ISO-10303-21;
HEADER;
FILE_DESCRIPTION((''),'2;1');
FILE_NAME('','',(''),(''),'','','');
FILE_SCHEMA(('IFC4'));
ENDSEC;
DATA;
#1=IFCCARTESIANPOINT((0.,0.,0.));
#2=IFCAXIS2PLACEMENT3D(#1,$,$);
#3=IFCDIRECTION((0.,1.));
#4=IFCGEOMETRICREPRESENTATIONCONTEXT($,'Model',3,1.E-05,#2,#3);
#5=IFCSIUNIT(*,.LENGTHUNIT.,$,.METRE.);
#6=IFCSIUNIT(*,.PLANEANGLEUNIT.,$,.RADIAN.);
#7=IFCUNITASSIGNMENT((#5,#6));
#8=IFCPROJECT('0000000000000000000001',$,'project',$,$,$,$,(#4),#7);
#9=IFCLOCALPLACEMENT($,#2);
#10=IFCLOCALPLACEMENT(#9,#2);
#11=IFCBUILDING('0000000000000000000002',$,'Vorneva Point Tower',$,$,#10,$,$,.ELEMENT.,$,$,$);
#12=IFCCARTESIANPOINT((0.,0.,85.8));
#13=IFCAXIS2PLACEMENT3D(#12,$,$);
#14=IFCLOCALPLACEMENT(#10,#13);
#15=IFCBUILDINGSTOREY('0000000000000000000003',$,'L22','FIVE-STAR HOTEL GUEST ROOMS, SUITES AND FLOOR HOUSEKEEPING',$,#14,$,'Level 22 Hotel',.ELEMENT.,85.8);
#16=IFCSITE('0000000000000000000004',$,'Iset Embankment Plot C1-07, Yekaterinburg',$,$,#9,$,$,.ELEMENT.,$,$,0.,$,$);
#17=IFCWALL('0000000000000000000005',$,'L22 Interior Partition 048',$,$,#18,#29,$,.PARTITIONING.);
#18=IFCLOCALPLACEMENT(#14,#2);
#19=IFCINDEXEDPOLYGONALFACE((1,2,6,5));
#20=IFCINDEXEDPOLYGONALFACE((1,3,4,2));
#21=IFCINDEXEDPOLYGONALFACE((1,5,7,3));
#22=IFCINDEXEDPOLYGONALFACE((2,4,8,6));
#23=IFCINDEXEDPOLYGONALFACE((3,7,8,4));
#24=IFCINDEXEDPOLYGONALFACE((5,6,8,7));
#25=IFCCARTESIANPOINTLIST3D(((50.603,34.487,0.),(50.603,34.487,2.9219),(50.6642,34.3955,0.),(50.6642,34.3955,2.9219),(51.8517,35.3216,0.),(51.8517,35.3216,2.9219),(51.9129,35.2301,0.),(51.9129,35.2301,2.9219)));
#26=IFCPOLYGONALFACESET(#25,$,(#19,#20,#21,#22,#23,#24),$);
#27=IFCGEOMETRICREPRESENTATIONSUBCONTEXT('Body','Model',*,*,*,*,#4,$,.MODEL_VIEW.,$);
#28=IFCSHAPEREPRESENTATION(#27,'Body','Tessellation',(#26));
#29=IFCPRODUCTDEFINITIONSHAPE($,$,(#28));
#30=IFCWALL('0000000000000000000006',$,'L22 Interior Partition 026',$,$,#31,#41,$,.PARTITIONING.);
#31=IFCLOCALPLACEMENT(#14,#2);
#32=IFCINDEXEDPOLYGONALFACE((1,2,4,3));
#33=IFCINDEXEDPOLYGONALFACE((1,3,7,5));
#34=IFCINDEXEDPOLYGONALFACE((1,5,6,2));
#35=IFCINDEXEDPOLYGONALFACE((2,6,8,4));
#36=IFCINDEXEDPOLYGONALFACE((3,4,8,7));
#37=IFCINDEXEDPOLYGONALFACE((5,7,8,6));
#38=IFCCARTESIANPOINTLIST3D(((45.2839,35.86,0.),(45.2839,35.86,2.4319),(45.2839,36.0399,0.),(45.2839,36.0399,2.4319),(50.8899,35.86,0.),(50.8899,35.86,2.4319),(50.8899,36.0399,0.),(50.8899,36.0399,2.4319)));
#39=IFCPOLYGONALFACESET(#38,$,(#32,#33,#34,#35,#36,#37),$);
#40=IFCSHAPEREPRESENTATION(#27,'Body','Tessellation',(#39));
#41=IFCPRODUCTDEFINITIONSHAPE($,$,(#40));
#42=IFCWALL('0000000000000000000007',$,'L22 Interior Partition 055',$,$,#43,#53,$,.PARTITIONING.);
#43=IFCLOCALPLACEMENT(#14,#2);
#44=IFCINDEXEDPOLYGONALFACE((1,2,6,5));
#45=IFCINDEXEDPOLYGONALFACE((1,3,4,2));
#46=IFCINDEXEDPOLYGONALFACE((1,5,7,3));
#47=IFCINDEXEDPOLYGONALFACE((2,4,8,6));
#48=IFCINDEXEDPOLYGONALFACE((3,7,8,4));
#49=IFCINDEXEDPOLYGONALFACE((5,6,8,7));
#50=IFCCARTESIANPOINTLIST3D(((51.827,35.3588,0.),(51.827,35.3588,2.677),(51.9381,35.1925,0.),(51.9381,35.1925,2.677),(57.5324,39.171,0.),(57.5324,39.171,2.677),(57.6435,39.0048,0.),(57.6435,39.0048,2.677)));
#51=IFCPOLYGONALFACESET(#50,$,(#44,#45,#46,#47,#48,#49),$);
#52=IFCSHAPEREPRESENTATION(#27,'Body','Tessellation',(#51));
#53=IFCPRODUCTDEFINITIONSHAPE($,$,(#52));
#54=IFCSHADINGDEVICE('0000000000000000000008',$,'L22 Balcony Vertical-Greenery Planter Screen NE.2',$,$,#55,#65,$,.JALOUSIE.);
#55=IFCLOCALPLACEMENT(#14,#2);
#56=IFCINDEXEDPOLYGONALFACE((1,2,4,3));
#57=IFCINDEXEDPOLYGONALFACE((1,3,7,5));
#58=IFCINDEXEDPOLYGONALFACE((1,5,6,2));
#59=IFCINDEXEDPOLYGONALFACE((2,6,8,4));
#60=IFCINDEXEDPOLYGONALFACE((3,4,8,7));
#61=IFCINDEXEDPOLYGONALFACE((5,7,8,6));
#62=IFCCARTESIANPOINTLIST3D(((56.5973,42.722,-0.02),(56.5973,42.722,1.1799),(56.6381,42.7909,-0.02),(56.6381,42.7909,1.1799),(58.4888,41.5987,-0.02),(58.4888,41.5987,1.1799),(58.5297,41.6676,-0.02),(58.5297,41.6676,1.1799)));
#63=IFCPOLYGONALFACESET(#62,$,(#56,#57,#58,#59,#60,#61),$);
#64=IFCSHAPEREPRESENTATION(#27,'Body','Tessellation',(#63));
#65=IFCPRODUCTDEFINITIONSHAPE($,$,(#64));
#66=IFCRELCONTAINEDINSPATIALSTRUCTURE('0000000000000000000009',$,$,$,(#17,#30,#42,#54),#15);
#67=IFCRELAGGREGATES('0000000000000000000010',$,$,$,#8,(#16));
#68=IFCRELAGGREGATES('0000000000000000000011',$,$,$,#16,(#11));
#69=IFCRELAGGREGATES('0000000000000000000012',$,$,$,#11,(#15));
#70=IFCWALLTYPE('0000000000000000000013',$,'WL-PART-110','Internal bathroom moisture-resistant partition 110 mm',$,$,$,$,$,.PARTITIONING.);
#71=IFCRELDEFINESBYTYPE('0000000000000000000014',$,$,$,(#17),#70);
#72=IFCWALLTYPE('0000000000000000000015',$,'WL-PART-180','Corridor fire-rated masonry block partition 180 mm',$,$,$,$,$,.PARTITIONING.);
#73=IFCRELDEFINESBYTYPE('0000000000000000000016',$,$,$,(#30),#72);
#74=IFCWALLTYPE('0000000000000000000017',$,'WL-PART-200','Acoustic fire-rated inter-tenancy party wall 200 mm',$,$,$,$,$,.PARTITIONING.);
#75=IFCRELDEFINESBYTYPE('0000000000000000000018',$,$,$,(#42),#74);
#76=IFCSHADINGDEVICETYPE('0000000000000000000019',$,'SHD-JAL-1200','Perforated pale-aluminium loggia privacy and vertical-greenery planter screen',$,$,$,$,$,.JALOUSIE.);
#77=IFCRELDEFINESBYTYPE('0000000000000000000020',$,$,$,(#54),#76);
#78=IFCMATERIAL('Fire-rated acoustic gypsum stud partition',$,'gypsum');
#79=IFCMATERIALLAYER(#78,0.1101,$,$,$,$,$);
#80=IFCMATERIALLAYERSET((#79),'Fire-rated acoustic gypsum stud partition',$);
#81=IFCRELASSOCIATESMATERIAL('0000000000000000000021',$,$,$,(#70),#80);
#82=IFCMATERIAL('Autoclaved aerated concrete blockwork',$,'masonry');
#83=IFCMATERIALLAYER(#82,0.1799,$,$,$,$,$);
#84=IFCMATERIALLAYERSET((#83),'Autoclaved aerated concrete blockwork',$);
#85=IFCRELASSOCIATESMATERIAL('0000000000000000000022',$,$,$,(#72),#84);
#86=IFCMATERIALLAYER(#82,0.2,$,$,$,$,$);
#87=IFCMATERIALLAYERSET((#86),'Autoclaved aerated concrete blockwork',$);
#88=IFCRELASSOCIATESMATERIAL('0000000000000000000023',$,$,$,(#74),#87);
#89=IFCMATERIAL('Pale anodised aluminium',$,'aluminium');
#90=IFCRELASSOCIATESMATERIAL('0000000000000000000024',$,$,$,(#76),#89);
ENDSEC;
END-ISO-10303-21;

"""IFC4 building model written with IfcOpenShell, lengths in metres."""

from ifc_helpers import new_model, si_unit, direction, frame, frame_2d, origin, origin_2d, place, context, subcontext, project, spatial, rectangle, extrude, material, layer, layer_set, type_object, element, save


model = new_model("IFC4")

# Units and contexts
model_context = context("Model", 3, precision=1e-05, world=origin(), true_north=direction((0.0, 1.0)))
body_context = subcontext(model_context, "Body", "Model", "MODEL_VIEW")
ifc_project = project(units=[si_unit("LENGTHUNIT", "METRE"), si_unit("PLANEANGLEUNIT", "RADIAN")], contexts=[model_context])

# Site, building, storey
site_placement = place(None, origin())
site = spatial("IfcSite", under=ifc_project, at=site_placement, Name="Iset Embankment Plot C1-07, Yekaterinburg", CompositionType="ELEMENT", RefElevation=0.0)
building_placement = place(site_placement, origin())
building = spatial("IfcBuilding", under=site, at=building_placement, Name="Vorneva Point Tower", CompositionType="ELEMENT")
storey_placement = place(building_placement, frame((0.0, 0.0, 85.8)))
storey = spatial("IfcBuildingStorey", under=building, at=storey_placement, Name="L22", Description="FIVE-STAR HOTEL GUEST ROOMS, SUITES AND FLOOR HOUSEKEEPING", LongName="Level 22 Hotel", CompositionType="ELEMENT", Elevation=85.8)

# Shared definitions
ifc_material_1 = material(Name="Pale anodised aluminium", Category="aluminium")

# Walls
ifc_material_2 = material(Name="Fire-rated acoustic gypsum stud partition", Category="gypsum")
ifc_layer_1 = layer(ifc_material_2, 0.1101)
ifc_layer_set_1 = layer_set([ifc_layer_1], Name="Fire-rated acoustic gypsum stud partition")
wall_type_1 = type_object("IfcWallType", Name="WL-PART-110", Description="Internal bathroom moisture-resistant partition 110 mm", PredefinedType="PARTITIONING", material=ifc_layer_set_1)
wall_1_placement = place(storey_placement, frame((51.8823, 35.2759, 0.0), z_axis=(0.0, 0.0, 1.0), x_axis=(-0.831375, -0.555713, 0.0)))
element("IfcWall", 1, at=wall_1_placement, inside=storey, type_object=wall_type_1, Name="L22 Interior Partition 048", PredefinedType="PARTITIONING", context=body_context, shape_type="SweptSolid", body=[
    extrude(rectangle(XDim=1.502, YDim=0.1101, at=frame_2d((0.751, 0.0))), origin(), (0.0, 0.0, 1.0), 2.9219),
])
ifc_material_3 = material(Name="Autoclaved aerated concrete blockwork", Category="masonry")
ifc_layer_2 = layer(ifc_material_3, 0.1799)
ifc_layer_set_2 = layer_set([ifc_layer_2], Name="Autoclaved aerated concrete blockwork")
wall_type_2 = type_object("IfcWallType", Name="WL-PART-180", Description="Corridor fire-rated masonry block partition 180 mm", PredefinedType="PARTITIONING", material=ifc_layer_set_2)
wall_2_placement = place(storey_placement, frame((50.8899, 35.95, 0.0), z_axis=(0.0, 0.0, 1.0), x_axis=(-1.0, 0.0, 0.0)))
element("IfcWall", 2, at=wall_2_placement, inside=storey, type_object=wall_type_2, Name="L22 Interior Partition 026", PredefinedType="PARTITIONING", context=body_context, shape_type="SweptSolid", body=[
    extrude(rectangle(XDim=5.606, YDim=0.1799, at=frame_2d((2.803, 0.0))), origin(), (0.0, 0.0, 1.0), 2.4319),
])
ifc_layer_3 = layer(ifc_material_3, 0.2)
ifc_layer_set_3 = layer_set([ifc_layer_3], Name="Autoclaved aerated concrete blockwork")
wall_type_3 = type_object("IfcWallType", Name="WL-PART-200", Description="Acoustic fire-rated inter-tenancy party wall 200 mm", PredefinedType="PARTITIONING", material=ifc_layer_set_3)
wall_3_placement = place(storey_placement, frame((51.8826, 35.2756, 0.0), z_axis=(0.0, 0.0, 1.0), x_axis=(0.831464, 0.555578, 0.0)))
element("IfcWall", 3, at=wall_3_placement, inside=storey, type_object=wall_type_3, Name="L22 Interior Partition 055", PredefinedType="PARTITIONING", context=body_context, shape_type="SweptSolid", body=[
    extrude(rectangle(XDim=6.8618, YDim=0.2, at=frame_2d((3.4309, 0.0))), origin(), (0.0, 0.0, 1.0), 2.677),
])

# Shading device
shading_device_type = type_object("IfcShadingDeviceType", Name="SHD-JAL-1200", Description="Perforated pale-aluminium loggia privacy and vertical-greenery planter screen", PredefinedType="JALOUSIE", material=ifc_material_1)
shading_device_placement = place(storey_placement, frame((57.5635, 42.1948, -0.02), z_axis=(0.0, 0.0, 1.0), x_axis=(-0.859817, 0.510603, 0.0)))
element("IfcShadingDevice", 4, at=shading_device_placement, inside=storey, type_object=shading_device_type, Name="L22 Balcony Vertical-Greenery Planter Screen NE.2", PredefinedType="JALOUSIE", context=body_context, shape_type="SweptSolid", body=[
    extrude(rectangle(XDim=2.2, YDim=0.0801, at=origin_2d()), origin(), (0.0, 0.0, 1.0), 1.2),
])

save(model, "model.ifc")
